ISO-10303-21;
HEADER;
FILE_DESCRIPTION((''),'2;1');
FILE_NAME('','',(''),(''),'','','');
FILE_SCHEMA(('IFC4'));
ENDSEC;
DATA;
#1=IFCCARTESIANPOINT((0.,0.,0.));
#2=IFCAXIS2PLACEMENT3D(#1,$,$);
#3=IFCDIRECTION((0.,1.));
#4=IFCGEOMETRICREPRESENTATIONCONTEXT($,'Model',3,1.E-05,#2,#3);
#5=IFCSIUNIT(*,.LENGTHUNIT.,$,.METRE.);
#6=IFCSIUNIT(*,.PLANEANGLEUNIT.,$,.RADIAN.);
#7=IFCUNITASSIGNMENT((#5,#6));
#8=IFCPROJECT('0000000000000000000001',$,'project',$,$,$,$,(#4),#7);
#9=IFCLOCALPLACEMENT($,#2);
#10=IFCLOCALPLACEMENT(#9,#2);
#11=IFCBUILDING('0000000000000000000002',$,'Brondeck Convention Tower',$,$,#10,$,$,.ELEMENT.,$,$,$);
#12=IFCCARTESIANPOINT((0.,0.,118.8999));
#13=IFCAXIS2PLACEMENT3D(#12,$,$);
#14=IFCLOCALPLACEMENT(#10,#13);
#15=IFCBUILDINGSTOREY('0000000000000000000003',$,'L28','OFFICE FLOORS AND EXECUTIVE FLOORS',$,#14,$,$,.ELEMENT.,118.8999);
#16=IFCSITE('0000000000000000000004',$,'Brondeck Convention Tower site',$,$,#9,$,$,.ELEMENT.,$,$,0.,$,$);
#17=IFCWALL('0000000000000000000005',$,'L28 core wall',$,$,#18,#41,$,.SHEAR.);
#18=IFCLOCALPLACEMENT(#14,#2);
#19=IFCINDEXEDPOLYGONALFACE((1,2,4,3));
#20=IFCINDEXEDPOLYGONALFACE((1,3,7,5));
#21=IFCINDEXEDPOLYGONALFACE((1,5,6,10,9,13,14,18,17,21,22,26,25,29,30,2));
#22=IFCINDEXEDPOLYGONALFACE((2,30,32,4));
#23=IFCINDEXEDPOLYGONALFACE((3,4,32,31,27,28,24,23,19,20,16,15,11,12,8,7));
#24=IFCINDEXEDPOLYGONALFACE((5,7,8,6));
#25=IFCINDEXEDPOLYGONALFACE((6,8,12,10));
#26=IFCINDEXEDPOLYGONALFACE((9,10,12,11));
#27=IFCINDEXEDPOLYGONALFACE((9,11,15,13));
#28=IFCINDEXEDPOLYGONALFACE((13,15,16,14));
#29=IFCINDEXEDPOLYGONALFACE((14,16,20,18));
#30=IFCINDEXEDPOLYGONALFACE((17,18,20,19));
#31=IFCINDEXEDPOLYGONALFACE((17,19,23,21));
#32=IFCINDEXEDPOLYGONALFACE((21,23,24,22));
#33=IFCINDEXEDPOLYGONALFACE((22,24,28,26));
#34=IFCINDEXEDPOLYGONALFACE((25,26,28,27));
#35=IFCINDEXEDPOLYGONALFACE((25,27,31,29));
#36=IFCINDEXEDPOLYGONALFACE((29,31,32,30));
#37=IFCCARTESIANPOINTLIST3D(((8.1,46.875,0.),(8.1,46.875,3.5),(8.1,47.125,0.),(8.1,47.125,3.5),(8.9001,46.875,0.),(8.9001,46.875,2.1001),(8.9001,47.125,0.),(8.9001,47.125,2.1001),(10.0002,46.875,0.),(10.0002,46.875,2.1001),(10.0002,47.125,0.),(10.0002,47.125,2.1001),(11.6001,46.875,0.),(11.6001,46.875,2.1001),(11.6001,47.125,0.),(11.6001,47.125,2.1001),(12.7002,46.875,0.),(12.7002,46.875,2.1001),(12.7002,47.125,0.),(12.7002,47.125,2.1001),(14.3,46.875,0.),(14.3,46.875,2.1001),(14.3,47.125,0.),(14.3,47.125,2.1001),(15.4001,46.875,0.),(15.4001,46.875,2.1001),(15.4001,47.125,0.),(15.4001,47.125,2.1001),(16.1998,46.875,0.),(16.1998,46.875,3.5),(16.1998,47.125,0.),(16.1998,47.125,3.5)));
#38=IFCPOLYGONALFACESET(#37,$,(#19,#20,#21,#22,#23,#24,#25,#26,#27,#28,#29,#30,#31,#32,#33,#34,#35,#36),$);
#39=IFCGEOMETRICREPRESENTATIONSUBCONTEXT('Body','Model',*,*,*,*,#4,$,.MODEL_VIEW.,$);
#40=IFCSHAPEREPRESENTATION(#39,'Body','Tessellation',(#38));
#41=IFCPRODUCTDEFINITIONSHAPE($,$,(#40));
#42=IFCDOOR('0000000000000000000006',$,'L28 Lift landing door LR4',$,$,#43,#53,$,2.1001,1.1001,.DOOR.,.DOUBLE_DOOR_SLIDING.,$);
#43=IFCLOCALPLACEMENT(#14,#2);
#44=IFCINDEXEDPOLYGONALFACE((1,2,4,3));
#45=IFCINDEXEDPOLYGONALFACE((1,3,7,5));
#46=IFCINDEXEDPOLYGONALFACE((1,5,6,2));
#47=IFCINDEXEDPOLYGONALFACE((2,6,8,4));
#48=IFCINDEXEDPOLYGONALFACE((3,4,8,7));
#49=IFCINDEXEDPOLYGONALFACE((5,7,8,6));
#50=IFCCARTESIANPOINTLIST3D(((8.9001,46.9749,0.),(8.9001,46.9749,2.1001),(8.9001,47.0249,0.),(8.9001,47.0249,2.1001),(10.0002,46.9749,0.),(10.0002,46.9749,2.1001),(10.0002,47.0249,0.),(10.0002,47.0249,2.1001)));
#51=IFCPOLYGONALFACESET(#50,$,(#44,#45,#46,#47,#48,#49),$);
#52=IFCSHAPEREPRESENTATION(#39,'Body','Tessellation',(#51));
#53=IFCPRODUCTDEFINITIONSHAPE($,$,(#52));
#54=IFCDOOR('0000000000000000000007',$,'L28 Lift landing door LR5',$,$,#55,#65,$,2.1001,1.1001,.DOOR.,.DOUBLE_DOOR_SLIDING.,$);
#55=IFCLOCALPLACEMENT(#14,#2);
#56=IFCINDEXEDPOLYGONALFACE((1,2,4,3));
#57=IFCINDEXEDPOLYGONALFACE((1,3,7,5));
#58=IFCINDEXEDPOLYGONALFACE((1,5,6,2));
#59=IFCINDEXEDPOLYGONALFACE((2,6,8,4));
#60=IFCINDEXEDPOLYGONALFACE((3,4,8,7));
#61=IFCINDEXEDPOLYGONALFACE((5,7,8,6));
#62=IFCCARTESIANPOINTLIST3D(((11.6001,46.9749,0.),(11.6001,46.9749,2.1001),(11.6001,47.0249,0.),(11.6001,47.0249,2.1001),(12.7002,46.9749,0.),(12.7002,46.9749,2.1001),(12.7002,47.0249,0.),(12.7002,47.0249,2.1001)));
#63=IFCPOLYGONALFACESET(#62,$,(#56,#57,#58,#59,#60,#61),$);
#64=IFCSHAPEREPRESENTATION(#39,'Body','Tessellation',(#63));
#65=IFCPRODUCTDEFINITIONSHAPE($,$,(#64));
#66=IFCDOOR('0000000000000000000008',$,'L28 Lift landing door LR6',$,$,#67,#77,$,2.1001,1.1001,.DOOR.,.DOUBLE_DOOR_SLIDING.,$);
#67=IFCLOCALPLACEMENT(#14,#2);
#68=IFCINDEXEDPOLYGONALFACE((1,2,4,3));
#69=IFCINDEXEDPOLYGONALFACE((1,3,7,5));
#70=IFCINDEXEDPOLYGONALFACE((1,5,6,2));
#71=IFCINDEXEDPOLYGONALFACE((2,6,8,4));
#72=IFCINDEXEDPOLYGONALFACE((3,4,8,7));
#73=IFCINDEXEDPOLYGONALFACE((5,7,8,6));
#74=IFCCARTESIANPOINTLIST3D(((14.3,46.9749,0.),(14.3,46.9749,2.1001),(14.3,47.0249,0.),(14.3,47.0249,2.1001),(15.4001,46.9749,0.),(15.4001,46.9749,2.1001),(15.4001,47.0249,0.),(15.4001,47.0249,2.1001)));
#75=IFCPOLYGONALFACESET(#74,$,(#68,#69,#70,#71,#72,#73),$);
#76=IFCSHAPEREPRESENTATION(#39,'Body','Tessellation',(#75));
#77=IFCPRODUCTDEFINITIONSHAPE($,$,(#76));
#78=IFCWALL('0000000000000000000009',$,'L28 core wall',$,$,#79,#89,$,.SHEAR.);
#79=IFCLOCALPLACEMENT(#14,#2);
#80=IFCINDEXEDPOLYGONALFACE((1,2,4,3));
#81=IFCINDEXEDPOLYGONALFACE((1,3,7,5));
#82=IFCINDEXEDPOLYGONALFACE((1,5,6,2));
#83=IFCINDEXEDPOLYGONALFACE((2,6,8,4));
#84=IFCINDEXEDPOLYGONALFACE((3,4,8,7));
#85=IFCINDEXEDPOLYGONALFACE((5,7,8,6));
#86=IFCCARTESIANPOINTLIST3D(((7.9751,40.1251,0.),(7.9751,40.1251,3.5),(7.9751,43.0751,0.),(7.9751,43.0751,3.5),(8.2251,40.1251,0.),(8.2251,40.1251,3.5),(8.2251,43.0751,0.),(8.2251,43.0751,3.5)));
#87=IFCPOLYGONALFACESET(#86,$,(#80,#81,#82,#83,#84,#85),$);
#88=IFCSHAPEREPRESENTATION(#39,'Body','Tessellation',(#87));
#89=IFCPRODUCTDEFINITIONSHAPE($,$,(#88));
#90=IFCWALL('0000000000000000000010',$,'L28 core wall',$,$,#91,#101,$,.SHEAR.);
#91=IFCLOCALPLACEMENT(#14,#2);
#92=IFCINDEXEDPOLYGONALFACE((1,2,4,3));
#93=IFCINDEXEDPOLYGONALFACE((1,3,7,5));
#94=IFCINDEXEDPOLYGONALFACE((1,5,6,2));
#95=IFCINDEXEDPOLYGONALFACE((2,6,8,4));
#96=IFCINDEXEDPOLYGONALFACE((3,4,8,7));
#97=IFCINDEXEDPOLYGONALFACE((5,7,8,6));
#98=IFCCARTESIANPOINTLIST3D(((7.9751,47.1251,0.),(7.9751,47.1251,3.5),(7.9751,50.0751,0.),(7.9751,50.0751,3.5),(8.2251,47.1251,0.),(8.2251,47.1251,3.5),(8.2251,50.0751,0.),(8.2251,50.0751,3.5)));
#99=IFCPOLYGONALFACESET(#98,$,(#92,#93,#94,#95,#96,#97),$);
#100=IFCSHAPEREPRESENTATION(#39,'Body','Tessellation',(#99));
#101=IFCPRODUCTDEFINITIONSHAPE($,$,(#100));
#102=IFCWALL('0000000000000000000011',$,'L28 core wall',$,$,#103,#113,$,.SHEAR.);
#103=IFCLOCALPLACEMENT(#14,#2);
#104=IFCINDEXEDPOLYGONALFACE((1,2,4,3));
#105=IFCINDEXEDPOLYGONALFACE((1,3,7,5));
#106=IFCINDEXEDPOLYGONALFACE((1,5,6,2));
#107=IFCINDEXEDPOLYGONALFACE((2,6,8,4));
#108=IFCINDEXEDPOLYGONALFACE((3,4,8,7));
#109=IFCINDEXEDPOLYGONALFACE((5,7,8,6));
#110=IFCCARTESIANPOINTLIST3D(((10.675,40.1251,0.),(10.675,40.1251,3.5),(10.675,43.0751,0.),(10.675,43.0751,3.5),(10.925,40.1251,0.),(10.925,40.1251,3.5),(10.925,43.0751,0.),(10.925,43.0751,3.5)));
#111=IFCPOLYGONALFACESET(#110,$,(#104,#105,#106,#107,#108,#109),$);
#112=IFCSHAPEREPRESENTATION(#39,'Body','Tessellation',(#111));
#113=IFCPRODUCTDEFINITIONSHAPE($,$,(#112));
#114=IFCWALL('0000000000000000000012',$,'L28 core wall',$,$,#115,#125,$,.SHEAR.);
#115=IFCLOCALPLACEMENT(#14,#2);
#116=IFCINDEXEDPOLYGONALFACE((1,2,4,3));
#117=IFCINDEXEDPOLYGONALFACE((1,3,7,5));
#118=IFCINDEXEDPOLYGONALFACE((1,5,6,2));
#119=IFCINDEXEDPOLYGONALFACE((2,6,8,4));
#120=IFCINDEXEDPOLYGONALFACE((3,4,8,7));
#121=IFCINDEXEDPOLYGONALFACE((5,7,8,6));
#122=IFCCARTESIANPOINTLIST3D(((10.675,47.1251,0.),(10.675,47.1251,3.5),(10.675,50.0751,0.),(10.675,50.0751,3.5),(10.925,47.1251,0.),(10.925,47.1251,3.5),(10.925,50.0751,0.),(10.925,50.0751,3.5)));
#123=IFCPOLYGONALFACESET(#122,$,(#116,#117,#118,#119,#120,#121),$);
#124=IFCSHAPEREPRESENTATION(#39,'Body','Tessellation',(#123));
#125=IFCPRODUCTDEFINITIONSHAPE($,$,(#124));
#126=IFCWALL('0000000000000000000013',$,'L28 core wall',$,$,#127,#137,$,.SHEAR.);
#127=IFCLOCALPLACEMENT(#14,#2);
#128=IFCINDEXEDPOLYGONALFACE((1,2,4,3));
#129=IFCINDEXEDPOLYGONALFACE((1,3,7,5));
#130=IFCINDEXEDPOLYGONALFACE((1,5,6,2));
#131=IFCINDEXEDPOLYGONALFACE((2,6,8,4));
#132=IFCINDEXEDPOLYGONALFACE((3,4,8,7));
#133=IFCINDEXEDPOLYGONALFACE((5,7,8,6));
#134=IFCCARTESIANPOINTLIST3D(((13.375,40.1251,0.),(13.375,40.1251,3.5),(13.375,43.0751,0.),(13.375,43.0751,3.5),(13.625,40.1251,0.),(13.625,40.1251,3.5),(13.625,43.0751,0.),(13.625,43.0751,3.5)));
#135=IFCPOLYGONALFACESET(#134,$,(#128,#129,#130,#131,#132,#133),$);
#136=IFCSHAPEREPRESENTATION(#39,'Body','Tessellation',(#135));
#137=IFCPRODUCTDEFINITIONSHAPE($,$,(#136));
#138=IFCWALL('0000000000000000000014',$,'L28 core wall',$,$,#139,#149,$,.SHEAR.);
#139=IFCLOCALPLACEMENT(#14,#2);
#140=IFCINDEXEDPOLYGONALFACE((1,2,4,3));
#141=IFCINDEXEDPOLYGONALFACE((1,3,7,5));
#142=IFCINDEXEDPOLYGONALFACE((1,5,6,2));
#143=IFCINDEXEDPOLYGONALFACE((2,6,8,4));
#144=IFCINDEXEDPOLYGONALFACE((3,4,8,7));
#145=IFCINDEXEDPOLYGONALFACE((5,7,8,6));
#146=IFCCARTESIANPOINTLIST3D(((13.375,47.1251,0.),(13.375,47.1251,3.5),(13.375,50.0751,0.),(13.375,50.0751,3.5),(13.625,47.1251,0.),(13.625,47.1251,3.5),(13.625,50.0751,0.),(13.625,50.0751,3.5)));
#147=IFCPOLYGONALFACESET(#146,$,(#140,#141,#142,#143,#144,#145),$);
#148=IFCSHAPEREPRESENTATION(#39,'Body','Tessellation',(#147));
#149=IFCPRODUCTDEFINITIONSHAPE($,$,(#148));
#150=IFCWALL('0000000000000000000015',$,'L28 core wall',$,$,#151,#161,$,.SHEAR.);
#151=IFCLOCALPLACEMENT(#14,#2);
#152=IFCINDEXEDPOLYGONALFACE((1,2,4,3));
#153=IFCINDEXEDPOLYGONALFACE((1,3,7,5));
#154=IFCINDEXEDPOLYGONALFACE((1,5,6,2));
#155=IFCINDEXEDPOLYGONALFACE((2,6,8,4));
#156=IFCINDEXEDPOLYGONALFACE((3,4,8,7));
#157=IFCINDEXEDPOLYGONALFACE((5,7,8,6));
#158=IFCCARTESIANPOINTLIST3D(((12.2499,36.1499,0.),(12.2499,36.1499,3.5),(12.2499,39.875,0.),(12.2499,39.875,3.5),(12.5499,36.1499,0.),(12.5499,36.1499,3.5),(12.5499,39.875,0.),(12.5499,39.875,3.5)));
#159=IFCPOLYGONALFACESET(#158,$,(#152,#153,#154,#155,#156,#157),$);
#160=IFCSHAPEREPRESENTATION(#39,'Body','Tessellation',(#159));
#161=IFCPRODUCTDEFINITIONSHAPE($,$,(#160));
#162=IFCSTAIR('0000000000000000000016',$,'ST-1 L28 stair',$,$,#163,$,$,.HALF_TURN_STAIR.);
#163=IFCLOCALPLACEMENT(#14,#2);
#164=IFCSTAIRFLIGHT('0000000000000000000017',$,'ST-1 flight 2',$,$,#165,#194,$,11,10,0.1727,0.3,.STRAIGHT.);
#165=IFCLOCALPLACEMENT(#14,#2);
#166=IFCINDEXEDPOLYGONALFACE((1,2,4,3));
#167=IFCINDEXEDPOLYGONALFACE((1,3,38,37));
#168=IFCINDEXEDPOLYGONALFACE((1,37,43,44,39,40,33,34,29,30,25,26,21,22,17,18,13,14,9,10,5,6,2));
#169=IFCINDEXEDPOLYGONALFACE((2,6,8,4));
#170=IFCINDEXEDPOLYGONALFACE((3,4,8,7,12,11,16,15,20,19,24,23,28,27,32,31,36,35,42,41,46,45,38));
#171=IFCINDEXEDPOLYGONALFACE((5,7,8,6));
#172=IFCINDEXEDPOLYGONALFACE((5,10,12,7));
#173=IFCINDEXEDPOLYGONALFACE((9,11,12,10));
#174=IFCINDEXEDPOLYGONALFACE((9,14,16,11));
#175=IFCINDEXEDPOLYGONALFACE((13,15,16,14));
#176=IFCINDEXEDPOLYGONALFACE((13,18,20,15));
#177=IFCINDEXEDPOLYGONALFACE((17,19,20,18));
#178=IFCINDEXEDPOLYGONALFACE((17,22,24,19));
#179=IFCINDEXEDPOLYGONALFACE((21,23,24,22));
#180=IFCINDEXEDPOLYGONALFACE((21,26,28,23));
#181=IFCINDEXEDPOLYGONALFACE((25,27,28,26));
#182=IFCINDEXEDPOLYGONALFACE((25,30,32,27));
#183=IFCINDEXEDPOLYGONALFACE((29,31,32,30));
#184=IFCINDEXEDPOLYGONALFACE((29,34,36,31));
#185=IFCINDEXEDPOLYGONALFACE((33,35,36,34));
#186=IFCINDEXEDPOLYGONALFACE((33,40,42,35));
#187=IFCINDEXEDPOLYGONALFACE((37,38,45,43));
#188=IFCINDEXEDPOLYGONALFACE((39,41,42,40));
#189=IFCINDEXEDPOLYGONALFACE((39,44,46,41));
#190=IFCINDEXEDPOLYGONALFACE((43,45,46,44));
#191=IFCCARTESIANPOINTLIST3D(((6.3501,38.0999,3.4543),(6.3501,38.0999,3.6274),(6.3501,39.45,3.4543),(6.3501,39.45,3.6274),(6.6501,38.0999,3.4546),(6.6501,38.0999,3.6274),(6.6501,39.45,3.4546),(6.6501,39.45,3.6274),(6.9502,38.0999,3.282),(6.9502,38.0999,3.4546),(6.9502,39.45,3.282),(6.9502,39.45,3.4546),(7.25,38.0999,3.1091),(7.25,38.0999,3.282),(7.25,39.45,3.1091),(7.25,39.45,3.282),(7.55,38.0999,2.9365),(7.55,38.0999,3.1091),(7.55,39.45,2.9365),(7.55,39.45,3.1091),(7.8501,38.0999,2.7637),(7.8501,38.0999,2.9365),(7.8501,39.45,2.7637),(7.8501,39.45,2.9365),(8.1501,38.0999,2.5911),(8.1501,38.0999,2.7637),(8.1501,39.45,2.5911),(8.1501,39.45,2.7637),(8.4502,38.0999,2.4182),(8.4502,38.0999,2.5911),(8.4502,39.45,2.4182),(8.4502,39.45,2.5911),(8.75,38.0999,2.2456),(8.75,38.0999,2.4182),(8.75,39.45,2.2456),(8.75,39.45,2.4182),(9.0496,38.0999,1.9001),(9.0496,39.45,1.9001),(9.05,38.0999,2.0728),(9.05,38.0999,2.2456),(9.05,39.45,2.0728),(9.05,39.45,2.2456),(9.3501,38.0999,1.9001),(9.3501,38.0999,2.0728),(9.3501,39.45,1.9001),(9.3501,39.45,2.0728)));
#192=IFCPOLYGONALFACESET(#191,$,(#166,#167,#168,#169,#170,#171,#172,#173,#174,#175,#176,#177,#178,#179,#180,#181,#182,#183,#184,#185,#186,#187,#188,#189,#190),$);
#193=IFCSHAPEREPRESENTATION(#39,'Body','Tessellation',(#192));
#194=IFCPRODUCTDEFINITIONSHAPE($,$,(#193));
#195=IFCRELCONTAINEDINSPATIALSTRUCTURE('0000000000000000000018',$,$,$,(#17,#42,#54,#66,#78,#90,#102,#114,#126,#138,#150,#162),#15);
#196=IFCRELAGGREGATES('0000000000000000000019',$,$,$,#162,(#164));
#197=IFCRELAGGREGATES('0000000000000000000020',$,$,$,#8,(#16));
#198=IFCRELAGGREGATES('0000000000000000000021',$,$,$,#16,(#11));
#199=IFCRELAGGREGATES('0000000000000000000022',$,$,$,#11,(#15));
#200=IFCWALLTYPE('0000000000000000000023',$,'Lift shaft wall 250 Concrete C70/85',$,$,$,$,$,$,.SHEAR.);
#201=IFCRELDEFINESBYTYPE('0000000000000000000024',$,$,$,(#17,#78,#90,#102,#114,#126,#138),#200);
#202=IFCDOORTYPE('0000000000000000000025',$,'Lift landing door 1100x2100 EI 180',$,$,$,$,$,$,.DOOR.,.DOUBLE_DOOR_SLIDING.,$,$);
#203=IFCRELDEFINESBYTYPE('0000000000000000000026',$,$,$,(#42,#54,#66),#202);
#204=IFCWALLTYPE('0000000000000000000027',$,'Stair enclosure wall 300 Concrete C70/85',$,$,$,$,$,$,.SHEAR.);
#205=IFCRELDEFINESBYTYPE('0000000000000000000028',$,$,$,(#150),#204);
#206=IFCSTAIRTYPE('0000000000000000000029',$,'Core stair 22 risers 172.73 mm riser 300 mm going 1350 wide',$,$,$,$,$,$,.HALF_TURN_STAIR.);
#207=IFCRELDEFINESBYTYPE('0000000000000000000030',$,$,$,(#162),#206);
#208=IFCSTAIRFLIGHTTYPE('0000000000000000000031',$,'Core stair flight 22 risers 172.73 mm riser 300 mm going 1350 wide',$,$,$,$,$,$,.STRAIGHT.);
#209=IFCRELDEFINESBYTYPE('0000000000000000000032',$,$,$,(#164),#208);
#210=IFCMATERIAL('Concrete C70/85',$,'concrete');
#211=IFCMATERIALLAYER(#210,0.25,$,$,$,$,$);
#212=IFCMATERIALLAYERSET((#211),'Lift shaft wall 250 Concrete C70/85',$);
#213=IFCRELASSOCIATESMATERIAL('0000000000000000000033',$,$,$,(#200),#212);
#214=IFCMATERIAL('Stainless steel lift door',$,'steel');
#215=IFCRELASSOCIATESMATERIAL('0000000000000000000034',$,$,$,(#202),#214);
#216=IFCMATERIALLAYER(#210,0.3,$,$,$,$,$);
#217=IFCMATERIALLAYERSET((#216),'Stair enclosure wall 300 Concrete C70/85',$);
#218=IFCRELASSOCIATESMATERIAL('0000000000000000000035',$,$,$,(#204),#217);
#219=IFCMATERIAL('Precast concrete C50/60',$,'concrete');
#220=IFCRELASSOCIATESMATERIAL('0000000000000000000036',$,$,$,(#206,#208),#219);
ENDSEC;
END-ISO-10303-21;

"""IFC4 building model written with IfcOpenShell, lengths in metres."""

from ifc_helpers import new_model, si_unit, direction, frame, frame_2d, origin, place, context, subcontext, project, spatial, polyline, rectangle, outline, extrude, material, layer, layer_set, type_object, element, fill, aggregate, save


model = new_model("IFC4")

# Units and contexts
model_context = context("Model", 3, precision=1e-05, world=origin(), true_north=direction((0.0, 1.0)))
body_context = subcontext(model_context, "Body", "Model", "MODEL_VIEW")
ifc_project = project(units=[si_unit("LENGTHUNIT", "METRE"), si_unit("PLANEANGLEUNIT", "RADIAN")], contexts=[model_context])

# Site, building, storey
site_placement = place(None, origin())
site = spatial("IfcSite", under=ifc_project, at=site_placement, Name="Brondeck Convention Tower site", CompositionType="ELEMENT", RefElevation=0.0)
building_placement = place(site_placement, origin())
building = spatial("IfcBuilding", under=site, at=building_placement, Name="Brondeck Convention Tower", CompositionType="ELEMENT")
storey_placement = place(building_placement, frame((0.0, 0.0, 118.8999)))
storey = spatial("IfcBuildingStorey", under=building, at=storey_placement, Name="L28", Description="OFFICE FLOORS AND EXECUTIVE FLOORS", CompositionType="ELEMENT", Elevation=118.8999)

# Shared definitions
ifc_material_1 = material(Name="Concrete C70/85", Category="concrete")

# Wall, openings, doors
ifc_layer_1 = layer(ifc_material_1, 0.25)
ifc_layer_set_1 = layer_set([ifc_layer_1], Name="Lift shaft wall 250 Concrete C70/85")
wall_type_1 = type_object("IfcWallType", Name="Lift shaft wall 250 Concrete C70/85", PredefinedType="SHEAR", material=ifc_layer_set_1)
ifc_material_2 = material(Name="Stainless steel lift door", Category="steel")
door_type_1 = type_object("IfcDoorType", Name="Lift landing door 1100x2100 EI 180", OperationType="DOUBLE_DOOR_SLIDING", PredefinedType="DOOR", material=ifc_material_2)
wall_1_placement = place(storey_placement, frame((8.1001, 47.0, 0.0), z_axis=(0.0, 0.0, 1.0), x_axis=(1.0, 0.0, 0.0)))
wall_1 = element("IfcWall", 1, at=wall_1_placement, inside=storey, type_object=wall_type_1, Name="L28 core wall", PredefinedType="SHEAR", context=body_context, shape_type="SweptSolid", body=[
    extrude(rectangle(XDim=8.0999, YDim=0.25, at=frame_2d((4.0498, 0.0))), origin(), (0.0, 0.0, 1.0), 3.5),
])
opening_1_placement = place(wall_1_placement, frame((0.8, 0.0, 0.0)))
opening_1 = element("IfcOpeningElement", 2, at=opening_1_placement, cuts=wall_1, PredefinedType="OPENING", context=body_context, shape_type="SweptSolid", body=[
    extrude(rectangle(XDim=1.1001, YDim=2.1001, at=frame_2d((0.55, 1.05))), frame((0.0, 0.135, 0.0), z_axis=(0.0, -1.0, 0.0), x_axis=(1.0, 0.0, 0.0)), (0.0, 0.0, 1.0), 0.27),
])
opening_2_placement = place(wall_1_placement, frame((3.5, 0.0, 0.0)))
opening_2 = element("IfcOpeningElement", 3, at=opening_2_placement, cuts=wall_1, PredefinedType="OPENING", context=body_context, shape_type="SweptSolid", body=[
    extrude(rectangle(XDim=1.1001, YDim=2.1001, at=frame_2d((0.55, 1.05))), frame((0.0, 0.135, 0.0), z_axis=(0.0, -1.0, 0.0), x_axis=(1.0, 0.0, 0.0)), (0.0, 0.0, 1.0), 0.27),
])
opening_3_placement = place(wall_1_placement, frame((6.2, 0.0, 0.0)))
opening_3 = element("IfcOpeningElement", 4, at=opening_3_placement, cuts=wall_1, PredefinedType="OPENING", context=body_context, shape_type="SweptSolid", body=[
    extrude(rectangle(XDim=1.1001, YDim=2.1001, at=frame_2d((0.55, 1.05))), frame((0.0, 0.135, 0.0), z_axis=(0.0, -1.0, 0.0), x_axis=(1.0, 0.0, 0.0)), (0.0, 0.0, 1.0), 0.27),
])
door_1_placement = place(opening_1_placement, origin())
door_1 = element("IfcDoor", 5, at=door_1_placement, inside=storey, type_object=door_type_1, Name="L28 Lift landing door LR4", OperationType="DOUBLE_DOOR_SLIDING", OverallHeight=2.1001, OverallWidth=1.1001, PredefinedType="DOOR", context=body_context, shape_type="SweptSolid", body=[
    extrude(rectangle(XDim=1.1001, YDim=2.1001, at=frame_2d((0.55, 1.05))), frame((0.0, 0.0249, 0.0), z_axis=(0.0, -1.0, 0.0), x_axis=(1.0, 0.0, 0.0)), (0.0, 0.0, 1.0), 0.05),
])
fill(opening_1, door_1)
door_2_placement = place(opening_2_placement, origin())
door_2 = element("IfcDoor", 6, at=door_2_placement, inside=storey, type_object=door_type_1, Name="L28 Lift landing door LR5", OperationType="DOUBLE_DOOR_SLIDING", OverallHeight=2.1001, OverallWidth=1.1001, PredefinedType="DOOR", context=body_context, shape_type="SweptSolid", body=[
    extrude(rectangle(XDim=1.1001, YDim=2.1001, at=frame_2d((0.55, 1.05))), frame((0.0, 0.0249, 0.0), z_axis=(0.0, -1.0, 0.0), x_axis=(1.0, 0.0, 0.0)), (0.0, 0.0, 1.0), 0.05),
])
fill(opening_2, door_2)
door_3_placement = place(opening_3_placement, origin())
door_3 = element("IfcDoor", 7, at=door_3_placement, inside=storey, type_object=door_type_1, Name="L28 Lift landing door LR6", OperationType="DOUBLE_DOOR_SLIDING", OverallHeight=2.1001, OverallWidth=1.1001, PredefinedType="DOOR", context=body_context, shape_type="SweptSolid", body=[
    extrude(rectangle(XDim=1.1001, YDim=2.1001, at=frame_2d((0.55, 1.05))), frame((0.0, 0.0249, 0.0), z_axis=(0.0, -1.0, 0.0), x_axis=(1.0, 0.0, 0.0)), (0.0, 0.0, 1.0), 0.05),
])
fill(opening_3, door_3)

# Walls
for number, where, z_axis, x_axis, name in (
    (8, (8.1001, 40.125, 0.0), (0.0, 0.0, 1.0), (0.0, 1.0, 0.0), "L28 core wall"),
    (9, (8.1001, 47.125, 0.0), (0.0, 0.0, 1.0), (0.0, 1.0, 0.0), "L28 core wall"),
    (10, (10.8, 40.125, 0.0), (0.0, 0.0, 1.0), (0.0, 1.0, 0.0), "L28 core wall"),
    (11, (10.8, 47.125, 0.0), (0.0, 0.0, 1.0), (0.0, 1.0, 0.0), "L28 core wall"),
    (12, (13.5, 40.125, 0.0), (0.0, 0.0, 1.0), (0.0, 1.0, 0.0), "L28 core wall"),
    (13, (13.5, 47.125, 0.0), (0.0, 0.0, 1.0), (0.0, 1.0, 0.0), "L28 core wall"),
):
    element("IfcWall", number, at=place(storey_placement, frame(where, z_axis=z_axis, x_axis=x_axis)), inside=storey, type_object=wall_type_1, Name=name, PredefinedType="SHEAR", context=body_context, shape_type="SweptSolid", body=[
        extrude(rectangle(XDim=2.95, YDim=0.25, at=frame_2d((1.4751, 0.0))), origin(), (0.0, 0.0, 1.0), 3.5),
    ])
ifc_layer_2 = layer(ifc_material_1, 0.3)
ifc_layer_set_2 = layer_set([ifc_layer_2], Name="Stair enclosure wall 300 Concrete C70/85")
wall_type_2 = type_object("IfcWallType", Name="Stair enclosure wall 300 Concrete C70/85", PredefinedType="SHEAR", material=ifc_layer_set_2)
wall_2_placement = place(storey_placement, frame((12.3999, 36.1499, 0.0), z_axis=(0.0, 0.0, 1.0), x_axis=(0.0, 1.0, 0.0)))
element("IfcWall", 14, at=wall_2_placement, inside=storey, type_object=wall_type_2, Name="L28 core wall", PredefinedType="SHEAR", context=body_context, shape_type="SweptSolid", body=[
    extrude(rectangle(XDim=3.7251, YDim=0.3, at=frame_2d((1.8625, 0.0))), origin(), (0.0, 0.0, 1.0), 3.5),
])

# Stair, stair flight
ifc_material_3 = material(Name="Precast concrete C50/60", Category="concrete")
stair_type = type_object("IfcStairType", Name="Core stair 22 risers 172.73 mm riser 300 mm going 1350 wide", PredefinedType="HALF_TURN_STAIR", material=ifc_material_3)
stair_placement = place(storey_placement, origin())
stair = element("IfcStair", 15, at=stair_placement, inside=storey, type_object=stair_type, Name="ST-1 L28 stair", PredefinedType="HALF_TURN_STAIR")
stair_flight_type = type_object("IfcStairFlightType", Name="Core stair flight 22 risers 172.73 mm riser 300 mm going 1350 wide", PredefinedType="STRAIGHT", material=ifc_material_3)
stair_flight_placement = place(storey_placement, frame((9.3501, 38.7749, 1.9001), z_axis=(0.0, 0.0, 1.0), x_axis=(-1.0, 0.0, 0.0)))
stair_flight = element("IfcStairFlight", 16, at=stair_flight_placement, type_object=stair_flight_type, Name="ST-1 flight 2", NumberOfRisers=11, NumberOfTreads=10, PredefinedType="STRAIGHT", RiserHeight=0.1727, TreadLength=0.3, context=body_context, shape_type="SweptSolid", body=[
    extrude(outline(polyline([(0.0, 0.0), (0.0, 0.1726), (0.3, 0.1726), (0.3, 0.3455), (0.6001, 0.3455), (0.6001, 0.5181), (0.8999, 0.5181), (0.8999, 0.6909), (1.2, 0.6909), (1.2, 0.8635), (1.5, 0.8635), (1.5, 1.0364), (1.8, 1.0364), (1.8, 1.209), (2.1001, 1.209), (2.1001, 1.3818), (2.3999, 1.3818), (2.3999, 1.5544), (2.7, 1.5544), (2.7, 1.7273), (3.0, 1.7273), (3.0, 1.8999), (3.0, 1.5542), (0.3005, 0.0), (0.0, 0.0)])), frame((0.0, 0.675, 0.0), z_axis=(0.0, -1.0, 0.0), x_axis=(1.0, 0.0, 0.0)), (0.0, 0.0, 1.0), 1.3501),
])
aggregate(stair, [stair_flight])

save(model, "model.ifc")
